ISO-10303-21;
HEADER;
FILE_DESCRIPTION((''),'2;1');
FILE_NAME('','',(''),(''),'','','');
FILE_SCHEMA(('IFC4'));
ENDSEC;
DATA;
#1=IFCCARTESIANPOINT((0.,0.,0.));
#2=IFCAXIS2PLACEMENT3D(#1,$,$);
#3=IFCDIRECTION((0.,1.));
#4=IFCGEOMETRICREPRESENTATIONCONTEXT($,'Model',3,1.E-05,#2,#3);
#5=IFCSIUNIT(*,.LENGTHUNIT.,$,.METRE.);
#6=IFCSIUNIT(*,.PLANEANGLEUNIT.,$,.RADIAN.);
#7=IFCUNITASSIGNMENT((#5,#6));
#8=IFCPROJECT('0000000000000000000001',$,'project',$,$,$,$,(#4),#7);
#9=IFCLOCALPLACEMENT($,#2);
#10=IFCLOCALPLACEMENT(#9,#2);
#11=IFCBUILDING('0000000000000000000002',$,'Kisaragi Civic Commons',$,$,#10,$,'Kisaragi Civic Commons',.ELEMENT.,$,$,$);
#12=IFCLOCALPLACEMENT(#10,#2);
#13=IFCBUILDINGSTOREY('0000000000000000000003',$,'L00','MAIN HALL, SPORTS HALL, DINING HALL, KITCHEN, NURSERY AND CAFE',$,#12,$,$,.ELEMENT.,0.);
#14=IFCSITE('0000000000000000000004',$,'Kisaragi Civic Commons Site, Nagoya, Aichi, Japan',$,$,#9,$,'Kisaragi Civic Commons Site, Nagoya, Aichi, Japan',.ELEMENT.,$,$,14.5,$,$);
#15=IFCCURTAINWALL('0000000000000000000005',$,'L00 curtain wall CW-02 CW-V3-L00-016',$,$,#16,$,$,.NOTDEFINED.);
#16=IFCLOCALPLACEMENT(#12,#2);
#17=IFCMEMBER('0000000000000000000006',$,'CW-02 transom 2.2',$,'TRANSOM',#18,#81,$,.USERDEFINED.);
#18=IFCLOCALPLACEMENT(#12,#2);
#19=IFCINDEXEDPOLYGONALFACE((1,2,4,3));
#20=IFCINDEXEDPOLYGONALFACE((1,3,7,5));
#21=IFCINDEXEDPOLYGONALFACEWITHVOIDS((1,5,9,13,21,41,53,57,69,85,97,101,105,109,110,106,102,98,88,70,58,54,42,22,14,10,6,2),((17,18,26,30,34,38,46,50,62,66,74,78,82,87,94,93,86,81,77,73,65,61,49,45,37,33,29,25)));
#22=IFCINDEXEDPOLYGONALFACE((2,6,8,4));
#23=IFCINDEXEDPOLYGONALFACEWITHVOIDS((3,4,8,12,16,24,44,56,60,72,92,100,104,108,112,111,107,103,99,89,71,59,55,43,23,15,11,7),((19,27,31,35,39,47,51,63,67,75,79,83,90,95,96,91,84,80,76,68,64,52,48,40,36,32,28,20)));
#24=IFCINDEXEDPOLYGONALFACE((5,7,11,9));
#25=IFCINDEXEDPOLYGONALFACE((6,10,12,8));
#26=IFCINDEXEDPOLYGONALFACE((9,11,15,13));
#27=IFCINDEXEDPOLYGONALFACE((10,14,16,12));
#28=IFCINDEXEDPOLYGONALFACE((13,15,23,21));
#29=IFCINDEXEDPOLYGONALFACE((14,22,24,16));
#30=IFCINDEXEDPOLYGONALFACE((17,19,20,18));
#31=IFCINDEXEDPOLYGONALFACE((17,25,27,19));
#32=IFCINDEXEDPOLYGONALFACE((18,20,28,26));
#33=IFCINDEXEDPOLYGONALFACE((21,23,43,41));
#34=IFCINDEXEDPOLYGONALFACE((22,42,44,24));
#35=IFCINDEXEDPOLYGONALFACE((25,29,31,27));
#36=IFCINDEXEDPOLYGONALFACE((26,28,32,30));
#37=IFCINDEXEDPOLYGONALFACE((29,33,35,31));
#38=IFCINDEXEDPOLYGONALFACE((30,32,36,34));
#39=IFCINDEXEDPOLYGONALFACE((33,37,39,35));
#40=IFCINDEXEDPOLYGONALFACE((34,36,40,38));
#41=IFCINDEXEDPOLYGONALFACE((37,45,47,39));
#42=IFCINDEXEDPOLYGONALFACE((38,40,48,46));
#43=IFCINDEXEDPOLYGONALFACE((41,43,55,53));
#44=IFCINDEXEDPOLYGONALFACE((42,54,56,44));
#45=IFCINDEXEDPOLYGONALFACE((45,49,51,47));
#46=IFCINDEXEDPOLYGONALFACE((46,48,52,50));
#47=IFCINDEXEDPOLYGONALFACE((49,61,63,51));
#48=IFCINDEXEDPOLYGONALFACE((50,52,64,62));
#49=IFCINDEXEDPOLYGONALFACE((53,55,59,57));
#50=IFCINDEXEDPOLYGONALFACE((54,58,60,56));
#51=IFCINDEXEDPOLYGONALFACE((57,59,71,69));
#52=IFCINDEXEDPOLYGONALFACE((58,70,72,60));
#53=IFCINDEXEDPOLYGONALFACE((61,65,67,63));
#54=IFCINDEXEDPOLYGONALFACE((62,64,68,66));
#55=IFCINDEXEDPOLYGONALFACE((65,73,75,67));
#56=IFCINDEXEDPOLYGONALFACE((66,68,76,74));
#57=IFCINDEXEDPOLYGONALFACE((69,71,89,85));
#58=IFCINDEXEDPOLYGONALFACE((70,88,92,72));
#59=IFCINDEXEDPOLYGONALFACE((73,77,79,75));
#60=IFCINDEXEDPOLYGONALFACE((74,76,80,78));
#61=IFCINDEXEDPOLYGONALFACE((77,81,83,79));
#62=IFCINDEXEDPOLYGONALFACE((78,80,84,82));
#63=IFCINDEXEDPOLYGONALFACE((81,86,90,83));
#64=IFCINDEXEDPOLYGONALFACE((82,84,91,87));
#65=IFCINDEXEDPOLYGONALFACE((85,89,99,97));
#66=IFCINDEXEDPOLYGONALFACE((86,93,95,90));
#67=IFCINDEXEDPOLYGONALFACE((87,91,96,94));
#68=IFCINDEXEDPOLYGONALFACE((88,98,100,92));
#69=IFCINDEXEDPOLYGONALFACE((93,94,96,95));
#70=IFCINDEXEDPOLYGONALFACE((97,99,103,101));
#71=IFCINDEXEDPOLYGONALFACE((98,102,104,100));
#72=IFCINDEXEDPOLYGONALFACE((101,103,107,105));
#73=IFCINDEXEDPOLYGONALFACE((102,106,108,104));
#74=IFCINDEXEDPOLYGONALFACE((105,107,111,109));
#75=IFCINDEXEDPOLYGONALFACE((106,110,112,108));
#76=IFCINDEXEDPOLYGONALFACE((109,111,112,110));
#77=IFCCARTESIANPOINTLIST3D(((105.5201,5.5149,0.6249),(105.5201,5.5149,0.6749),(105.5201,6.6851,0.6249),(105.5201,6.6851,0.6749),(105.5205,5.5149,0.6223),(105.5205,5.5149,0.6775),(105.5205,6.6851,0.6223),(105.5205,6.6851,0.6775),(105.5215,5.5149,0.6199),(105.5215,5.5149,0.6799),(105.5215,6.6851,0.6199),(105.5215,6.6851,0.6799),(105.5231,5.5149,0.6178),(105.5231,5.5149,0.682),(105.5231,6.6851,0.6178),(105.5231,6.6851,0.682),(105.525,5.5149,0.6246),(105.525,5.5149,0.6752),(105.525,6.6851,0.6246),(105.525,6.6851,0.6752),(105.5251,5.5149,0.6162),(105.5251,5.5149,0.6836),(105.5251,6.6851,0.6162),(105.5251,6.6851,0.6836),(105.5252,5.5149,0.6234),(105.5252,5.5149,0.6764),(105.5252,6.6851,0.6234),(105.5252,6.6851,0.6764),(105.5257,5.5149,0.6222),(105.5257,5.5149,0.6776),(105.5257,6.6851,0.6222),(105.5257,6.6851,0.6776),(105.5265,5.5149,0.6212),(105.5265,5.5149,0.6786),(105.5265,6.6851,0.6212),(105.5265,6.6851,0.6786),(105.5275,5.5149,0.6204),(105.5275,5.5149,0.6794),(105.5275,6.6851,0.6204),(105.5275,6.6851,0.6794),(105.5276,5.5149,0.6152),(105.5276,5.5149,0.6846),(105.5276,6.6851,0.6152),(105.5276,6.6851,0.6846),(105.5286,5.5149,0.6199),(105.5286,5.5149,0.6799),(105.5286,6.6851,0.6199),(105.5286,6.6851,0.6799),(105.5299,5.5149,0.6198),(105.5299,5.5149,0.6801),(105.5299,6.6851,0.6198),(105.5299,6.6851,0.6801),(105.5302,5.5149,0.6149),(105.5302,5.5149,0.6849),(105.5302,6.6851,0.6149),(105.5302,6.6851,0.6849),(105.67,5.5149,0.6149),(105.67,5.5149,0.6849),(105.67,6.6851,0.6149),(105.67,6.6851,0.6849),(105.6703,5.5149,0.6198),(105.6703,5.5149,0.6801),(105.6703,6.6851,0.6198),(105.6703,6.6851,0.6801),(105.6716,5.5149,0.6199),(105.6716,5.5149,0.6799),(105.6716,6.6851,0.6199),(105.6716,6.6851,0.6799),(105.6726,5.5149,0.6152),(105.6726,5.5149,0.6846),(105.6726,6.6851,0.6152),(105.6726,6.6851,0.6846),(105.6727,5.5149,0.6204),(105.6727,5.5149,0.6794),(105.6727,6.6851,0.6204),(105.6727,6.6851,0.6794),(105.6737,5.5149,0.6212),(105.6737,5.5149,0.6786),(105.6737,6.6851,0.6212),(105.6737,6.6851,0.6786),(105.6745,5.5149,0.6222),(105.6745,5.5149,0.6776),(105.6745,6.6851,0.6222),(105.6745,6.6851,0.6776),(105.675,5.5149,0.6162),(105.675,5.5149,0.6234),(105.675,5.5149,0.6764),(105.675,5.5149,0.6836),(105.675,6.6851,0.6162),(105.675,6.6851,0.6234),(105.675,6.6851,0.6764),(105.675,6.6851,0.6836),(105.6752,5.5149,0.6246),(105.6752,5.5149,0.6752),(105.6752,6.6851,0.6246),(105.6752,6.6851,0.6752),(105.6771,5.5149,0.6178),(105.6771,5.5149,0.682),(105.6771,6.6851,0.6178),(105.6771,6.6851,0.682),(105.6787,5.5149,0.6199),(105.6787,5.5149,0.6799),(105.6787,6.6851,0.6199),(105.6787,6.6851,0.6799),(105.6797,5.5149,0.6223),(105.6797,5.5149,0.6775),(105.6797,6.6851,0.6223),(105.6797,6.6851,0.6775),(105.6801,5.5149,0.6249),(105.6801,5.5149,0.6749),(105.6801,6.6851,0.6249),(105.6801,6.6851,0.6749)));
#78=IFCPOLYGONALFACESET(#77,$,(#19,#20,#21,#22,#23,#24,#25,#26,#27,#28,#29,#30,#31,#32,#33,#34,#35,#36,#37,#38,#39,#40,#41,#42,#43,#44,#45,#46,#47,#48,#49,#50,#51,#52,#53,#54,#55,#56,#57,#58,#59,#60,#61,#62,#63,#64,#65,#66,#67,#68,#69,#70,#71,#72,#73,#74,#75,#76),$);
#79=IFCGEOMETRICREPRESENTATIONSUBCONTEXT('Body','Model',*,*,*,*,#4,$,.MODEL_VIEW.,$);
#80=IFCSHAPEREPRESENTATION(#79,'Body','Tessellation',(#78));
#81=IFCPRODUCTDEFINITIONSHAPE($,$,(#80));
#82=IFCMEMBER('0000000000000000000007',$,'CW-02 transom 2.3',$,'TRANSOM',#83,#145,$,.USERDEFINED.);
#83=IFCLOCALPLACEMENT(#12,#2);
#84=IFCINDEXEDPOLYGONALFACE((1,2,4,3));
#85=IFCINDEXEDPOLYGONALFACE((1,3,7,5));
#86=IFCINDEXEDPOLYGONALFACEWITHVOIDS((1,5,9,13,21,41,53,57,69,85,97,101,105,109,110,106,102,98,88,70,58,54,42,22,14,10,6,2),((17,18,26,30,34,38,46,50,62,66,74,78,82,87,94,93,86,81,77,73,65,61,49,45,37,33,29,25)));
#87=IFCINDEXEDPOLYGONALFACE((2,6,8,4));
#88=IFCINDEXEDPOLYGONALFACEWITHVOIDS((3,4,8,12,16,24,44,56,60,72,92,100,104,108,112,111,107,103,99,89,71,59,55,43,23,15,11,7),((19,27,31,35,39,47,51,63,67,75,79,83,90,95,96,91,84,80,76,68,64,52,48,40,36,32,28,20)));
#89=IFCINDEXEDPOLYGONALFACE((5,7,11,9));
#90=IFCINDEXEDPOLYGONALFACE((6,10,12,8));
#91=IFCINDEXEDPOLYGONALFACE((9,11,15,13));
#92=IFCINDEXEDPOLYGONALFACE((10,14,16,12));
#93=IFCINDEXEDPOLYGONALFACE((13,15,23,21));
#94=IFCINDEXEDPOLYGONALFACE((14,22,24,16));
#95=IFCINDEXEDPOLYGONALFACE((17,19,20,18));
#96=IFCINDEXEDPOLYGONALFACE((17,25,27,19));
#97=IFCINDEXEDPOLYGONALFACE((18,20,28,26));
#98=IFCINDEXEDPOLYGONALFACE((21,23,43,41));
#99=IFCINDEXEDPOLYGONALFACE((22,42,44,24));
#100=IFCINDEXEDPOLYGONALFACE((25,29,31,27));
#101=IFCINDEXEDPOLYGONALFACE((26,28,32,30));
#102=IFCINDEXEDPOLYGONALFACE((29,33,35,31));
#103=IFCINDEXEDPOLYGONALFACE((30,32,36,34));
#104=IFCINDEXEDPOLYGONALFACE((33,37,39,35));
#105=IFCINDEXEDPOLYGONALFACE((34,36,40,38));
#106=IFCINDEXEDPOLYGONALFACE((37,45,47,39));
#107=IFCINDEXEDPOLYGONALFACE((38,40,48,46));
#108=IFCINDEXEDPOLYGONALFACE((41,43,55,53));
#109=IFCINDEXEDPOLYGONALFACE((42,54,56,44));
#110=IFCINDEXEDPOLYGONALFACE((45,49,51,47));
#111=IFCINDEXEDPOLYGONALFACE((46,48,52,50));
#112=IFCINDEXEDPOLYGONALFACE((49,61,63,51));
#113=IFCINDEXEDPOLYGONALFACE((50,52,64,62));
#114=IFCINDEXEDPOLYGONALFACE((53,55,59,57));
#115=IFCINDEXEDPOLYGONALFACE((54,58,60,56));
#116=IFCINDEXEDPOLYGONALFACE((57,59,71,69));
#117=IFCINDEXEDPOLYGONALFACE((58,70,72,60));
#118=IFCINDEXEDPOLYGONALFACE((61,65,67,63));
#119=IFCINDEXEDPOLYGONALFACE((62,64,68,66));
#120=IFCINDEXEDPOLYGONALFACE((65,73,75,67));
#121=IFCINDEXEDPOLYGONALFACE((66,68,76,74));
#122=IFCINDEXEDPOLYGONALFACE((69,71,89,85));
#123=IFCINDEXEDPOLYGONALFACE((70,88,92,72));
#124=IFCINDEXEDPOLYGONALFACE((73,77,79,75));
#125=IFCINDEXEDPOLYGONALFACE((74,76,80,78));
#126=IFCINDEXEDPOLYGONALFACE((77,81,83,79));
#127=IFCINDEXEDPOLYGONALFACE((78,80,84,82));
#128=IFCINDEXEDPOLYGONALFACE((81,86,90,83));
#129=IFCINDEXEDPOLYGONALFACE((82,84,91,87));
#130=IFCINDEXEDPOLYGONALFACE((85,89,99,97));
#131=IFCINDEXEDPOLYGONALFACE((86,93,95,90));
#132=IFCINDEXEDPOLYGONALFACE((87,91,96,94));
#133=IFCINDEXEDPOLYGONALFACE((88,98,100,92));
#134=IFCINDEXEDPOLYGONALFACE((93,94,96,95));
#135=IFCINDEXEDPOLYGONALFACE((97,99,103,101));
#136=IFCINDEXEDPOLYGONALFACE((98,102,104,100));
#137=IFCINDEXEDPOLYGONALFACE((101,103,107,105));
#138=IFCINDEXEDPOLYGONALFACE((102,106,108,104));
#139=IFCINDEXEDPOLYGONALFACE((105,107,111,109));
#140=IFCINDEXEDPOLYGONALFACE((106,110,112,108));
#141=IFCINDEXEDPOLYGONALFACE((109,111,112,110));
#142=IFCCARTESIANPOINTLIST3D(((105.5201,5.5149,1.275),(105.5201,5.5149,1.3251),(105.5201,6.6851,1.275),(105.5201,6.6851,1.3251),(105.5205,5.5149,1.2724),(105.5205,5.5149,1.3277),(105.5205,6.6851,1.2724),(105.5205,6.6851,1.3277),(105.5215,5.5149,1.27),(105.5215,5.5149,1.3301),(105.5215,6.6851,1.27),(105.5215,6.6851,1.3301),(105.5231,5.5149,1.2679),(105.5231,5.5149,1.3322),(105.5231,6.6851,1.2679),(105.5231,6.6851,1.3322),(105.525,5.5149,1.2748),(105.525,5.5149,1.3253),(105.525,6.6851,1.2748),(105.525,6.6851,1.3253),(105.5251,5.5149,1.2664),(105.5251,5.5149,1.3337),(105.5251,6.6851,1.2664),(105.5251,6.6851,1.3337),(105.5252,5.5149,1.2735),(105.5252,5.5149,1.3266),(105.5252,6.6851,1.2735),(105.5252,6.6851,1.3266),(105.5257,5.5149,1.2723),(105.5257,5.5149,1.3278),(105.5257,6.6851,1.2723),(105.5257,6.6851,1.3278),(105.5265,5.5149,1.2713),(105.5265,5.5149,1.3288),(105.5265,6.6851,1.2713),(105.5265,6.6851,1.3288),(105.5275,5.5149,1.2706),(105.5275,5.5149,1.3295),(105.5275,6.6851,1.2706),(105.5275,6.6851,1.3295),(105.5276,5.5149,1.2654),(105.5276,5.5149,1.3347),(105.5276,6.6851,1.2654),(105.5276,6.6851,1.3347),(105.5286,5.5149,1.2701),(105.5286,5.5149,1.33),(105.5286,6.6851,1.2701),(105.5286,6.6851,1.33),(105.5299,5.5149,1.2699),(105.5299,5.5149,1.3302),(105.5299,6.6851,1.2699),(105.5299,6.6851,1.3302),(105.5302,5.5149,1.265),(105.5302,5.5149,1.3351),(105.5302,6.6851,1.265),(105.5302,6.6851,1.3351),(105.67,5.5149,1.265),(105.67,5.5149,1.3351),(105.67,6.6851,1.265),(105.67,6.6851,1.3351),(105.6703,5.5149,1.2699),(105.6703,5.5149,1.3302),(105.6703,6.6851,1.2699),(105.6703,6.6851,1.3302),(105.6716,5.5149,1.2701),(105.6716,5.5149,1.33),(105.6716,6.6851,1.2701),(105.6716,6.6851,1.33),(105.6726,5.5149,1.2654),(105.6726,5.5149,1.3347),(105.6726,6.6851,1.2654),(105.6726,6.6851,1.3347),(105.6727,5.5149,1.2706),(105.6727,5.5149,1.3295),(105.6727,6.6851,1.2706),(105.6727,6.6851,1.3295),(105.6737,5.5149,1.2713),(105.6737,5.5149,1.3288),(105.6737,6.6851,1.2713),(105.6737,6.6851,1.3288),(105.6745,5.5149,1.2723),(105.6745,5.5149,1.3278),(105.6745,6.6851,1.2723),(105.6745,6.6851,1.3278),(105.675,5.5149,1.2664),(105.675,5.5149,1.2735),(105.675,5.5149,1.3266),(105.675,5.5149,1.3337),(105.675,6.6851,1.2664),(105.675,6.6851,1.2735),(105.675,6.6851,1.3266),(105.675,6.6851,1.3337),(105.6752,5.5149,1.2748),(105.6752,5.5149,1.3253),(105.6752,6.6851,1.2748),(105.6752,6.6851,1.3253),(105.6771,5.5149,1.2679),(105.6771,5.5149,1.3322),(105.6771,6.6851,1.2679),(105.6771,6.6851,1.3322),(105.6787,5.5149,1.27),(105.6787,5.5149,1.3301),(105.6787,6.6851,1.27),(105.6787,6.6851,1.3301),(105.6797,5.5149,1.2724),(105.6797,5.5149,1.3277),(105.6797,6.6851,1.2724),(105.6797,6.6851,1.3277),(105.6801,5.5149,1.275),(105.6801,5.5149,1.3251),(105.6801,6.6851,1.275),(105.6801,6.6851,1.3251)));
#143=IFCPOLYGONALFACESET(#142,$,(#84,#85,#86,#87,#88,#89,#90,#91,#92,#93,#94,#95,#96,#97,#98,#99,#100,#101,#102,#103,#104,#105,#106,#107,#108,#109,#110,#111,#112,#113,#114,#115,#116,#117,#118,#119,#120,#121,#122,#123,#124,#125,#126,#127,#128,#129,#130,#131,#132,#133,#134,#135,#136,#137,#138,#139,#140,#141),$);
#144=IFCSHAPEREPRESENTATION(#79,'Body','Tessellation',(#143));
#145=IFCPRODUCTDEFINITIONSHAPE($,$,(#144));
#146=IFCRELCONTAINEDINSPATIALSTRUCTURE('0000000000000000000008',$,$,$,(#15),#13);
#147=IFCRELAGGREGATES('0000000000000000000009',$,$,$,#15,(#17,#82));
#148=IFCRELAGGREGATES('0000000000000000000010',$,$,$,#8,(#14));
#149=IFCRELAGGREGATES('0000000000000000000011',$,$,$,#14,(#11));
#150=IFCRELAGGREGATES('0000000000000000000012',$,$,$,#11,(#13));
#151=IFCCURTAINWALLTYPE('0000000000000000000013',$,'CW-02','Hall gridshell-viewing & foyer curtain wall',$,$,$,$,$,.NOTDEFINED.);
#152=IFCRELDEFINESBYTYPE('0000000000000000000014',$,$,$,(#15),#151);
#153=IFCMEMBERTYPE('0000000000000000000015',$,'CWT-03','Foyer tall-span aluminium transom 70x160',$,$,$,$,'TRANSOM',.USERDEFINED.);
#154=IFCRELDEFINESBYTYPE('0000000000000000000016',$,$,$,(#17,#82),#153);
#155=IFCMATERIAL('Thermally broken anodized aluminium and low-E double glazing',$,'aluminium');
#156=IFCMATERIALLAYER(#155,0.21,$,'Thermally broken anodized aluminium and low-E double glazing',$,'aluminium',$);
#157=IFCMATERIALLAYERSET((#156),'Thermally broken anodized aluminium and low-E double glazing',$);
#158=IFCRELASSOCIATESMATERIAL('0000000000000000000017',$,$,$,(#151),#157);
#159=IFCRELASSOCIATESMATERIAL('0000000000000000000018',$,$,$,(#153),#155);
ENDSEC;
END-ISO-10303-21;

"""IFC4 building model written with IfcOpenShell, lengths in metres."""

from ifc_helpers import new_model, si_unit, direction, frame, origin, origin_2d, place, context, subcontext, project, spatial, hollow_rectangle, extrude, material, layer, layer_set, material_profile, profile_set, type_object, element, aggregate, save


model = new_model("IFC4")

# Units and contexts
model_context = context("Model", 3, precision=1e-05, world=origin(), true_north=direction((0.0, 1.0)))
body_context = subcontext(model_context, "Body", "Model", "MODEL_VIEW")
ifc_project = project(units=[si_unit("LENGTHUNIT", "METRE"), si_unit("PLANEANGLEUNIT", "RADIAN")], contexts=[model_context])

# Site, building, storey
site_placement = place(None, origin())
site = spatial("IfcSite", under=ifc_project, at=site_placement, Name="Kisaragi Civic Commons Site, Nagoya, Aichi, Japan", LongName="Kisaragi Civic Commons Site, Nagoya, Aichi, Japan", CompositionType="ELEMENT", RefElevation=14.5)
building_placement = place(site_placement, origin())
building = spatial("IfcBuilding", under=site, at=building_placement, Name="Kisaragi Civic Commons", LongName="Kisaragi Civic Commons", CompositionType="ELEMENT")
storey_placement = place(building_placement, origin())
storey = spatial("IfcBuildingStorey", under=building, at=storey_placement, Name="L00", Description="MAIN HALL, SPORTS HALL, DINING HALL, KITCHEN, NURSERY AND CAFE", CompositionType="ELEMENT", Elevation=0.0)

# Curtain wall
ifc_material_1 = material(Name="Thermally broken anodized aluminium and low-E double glazing", Category="aluminium")
ifc_layer_1 = layer(ifc_material_1, 0.21, Name="Thermally broken anodized aluminium and low-E double glazing", Category="aluminium")
ifc_layer_set_1 = layer_set([ifc_layer_1], Name="Thermally broken anodized aluminium and low-E double glazing")
curtain_wall_type = type_object("IfcCurtainWallType", Name="CW-02", Description="Hall gridshell-viewing & foyer curtain wall", PredefinedType="NOTDEFINED", material=ifc_layer_set_1)
curtain_wall_1_placement = place(storey_placement, origin())
curtain_wall_1 = element("IfcCurtainWall", 1, at=curtain_wall_1_placement, inside=storey, type_object=curtain_wall_type, Name="L00 curtain wall CW-02 CW-V3-L00-016", PredefinedType="NOTDEFINED")

# Members
ifc_material_profile_1 = material_profile(ifc_material_1, hollow_rectangle(XDim=0.1599, YDim=0.0701, WallThickness=0.0049, InnerFilletRadius=0.0049, OuterFilletRadius=0.01, at=origin_2d()), Name="CWT-70x160x5", Category="aluminium")
ifc_profile_set_1 = profile_set([ifc_material_profile_1], Name="Thermally broken anodized aluminium and low-E double glazing")
member_type_1 = type_object("IfcMemberType", Name="CWT-03", Description="Foyer tall-span aluminium transom 70x160", ElementType="TRANSOM", PredefinedType="USERDEFINED", material=ifc_profile_set_1)
member_1_placement = place(storey_placement, frame((105.6001, 5.5149, 0.6499), z_axis=(0.0, 1.0, 0.0), x_axis=(-1.0, 0.0, 0.0)))
member_1 = element("IfcMember", 2, at=member_1_placement, type_object=member_type_1, Name="CW-02 transom 2.2", ObjectType="TRANSOM", PredefinedType="USERDEFINED", context=body_context, shape_type="SweptSolid", body=[
    extrude(hollow_rectangle(XDim=0.1599, YDim=0.0701, WallThickness=0.0049, InnerFilletRadius=0.0049, OuterFilletRadius=0.01, at=origin_2d()), origin(), (0.0, 0.0, 1.0), 1.1702),
])
member_2_placement = place(storey_placement, frame((105.6001, 5.5149, 1.3), z_axis=(0.0, 1.0, 0.0), x_axis=(-1.0, 0.0, 0.0)))
member_2 = element("IfcMember", 3, at=member_2_placement, type_object=member_type_1, Name="CW-02 transom 2.3", ObjectType="TRANSOM", PredefinedType="USERDEFINED", context=body_context, shape_type="SweptSolid", body=[
    extrude(hollow_rectangle(XDim=0.1599, YDim=0.0701, WallThickness=0.0049, InnerFilletRadius=0.0049, OuterFilletRadius=0.01, at=origin_2d()), origin(), (0.0, 0.0, 1.0), 1.1702),
])

aggregate(curtain_wall_1, [member_1, member_2])

save(model, "model.ifc")
